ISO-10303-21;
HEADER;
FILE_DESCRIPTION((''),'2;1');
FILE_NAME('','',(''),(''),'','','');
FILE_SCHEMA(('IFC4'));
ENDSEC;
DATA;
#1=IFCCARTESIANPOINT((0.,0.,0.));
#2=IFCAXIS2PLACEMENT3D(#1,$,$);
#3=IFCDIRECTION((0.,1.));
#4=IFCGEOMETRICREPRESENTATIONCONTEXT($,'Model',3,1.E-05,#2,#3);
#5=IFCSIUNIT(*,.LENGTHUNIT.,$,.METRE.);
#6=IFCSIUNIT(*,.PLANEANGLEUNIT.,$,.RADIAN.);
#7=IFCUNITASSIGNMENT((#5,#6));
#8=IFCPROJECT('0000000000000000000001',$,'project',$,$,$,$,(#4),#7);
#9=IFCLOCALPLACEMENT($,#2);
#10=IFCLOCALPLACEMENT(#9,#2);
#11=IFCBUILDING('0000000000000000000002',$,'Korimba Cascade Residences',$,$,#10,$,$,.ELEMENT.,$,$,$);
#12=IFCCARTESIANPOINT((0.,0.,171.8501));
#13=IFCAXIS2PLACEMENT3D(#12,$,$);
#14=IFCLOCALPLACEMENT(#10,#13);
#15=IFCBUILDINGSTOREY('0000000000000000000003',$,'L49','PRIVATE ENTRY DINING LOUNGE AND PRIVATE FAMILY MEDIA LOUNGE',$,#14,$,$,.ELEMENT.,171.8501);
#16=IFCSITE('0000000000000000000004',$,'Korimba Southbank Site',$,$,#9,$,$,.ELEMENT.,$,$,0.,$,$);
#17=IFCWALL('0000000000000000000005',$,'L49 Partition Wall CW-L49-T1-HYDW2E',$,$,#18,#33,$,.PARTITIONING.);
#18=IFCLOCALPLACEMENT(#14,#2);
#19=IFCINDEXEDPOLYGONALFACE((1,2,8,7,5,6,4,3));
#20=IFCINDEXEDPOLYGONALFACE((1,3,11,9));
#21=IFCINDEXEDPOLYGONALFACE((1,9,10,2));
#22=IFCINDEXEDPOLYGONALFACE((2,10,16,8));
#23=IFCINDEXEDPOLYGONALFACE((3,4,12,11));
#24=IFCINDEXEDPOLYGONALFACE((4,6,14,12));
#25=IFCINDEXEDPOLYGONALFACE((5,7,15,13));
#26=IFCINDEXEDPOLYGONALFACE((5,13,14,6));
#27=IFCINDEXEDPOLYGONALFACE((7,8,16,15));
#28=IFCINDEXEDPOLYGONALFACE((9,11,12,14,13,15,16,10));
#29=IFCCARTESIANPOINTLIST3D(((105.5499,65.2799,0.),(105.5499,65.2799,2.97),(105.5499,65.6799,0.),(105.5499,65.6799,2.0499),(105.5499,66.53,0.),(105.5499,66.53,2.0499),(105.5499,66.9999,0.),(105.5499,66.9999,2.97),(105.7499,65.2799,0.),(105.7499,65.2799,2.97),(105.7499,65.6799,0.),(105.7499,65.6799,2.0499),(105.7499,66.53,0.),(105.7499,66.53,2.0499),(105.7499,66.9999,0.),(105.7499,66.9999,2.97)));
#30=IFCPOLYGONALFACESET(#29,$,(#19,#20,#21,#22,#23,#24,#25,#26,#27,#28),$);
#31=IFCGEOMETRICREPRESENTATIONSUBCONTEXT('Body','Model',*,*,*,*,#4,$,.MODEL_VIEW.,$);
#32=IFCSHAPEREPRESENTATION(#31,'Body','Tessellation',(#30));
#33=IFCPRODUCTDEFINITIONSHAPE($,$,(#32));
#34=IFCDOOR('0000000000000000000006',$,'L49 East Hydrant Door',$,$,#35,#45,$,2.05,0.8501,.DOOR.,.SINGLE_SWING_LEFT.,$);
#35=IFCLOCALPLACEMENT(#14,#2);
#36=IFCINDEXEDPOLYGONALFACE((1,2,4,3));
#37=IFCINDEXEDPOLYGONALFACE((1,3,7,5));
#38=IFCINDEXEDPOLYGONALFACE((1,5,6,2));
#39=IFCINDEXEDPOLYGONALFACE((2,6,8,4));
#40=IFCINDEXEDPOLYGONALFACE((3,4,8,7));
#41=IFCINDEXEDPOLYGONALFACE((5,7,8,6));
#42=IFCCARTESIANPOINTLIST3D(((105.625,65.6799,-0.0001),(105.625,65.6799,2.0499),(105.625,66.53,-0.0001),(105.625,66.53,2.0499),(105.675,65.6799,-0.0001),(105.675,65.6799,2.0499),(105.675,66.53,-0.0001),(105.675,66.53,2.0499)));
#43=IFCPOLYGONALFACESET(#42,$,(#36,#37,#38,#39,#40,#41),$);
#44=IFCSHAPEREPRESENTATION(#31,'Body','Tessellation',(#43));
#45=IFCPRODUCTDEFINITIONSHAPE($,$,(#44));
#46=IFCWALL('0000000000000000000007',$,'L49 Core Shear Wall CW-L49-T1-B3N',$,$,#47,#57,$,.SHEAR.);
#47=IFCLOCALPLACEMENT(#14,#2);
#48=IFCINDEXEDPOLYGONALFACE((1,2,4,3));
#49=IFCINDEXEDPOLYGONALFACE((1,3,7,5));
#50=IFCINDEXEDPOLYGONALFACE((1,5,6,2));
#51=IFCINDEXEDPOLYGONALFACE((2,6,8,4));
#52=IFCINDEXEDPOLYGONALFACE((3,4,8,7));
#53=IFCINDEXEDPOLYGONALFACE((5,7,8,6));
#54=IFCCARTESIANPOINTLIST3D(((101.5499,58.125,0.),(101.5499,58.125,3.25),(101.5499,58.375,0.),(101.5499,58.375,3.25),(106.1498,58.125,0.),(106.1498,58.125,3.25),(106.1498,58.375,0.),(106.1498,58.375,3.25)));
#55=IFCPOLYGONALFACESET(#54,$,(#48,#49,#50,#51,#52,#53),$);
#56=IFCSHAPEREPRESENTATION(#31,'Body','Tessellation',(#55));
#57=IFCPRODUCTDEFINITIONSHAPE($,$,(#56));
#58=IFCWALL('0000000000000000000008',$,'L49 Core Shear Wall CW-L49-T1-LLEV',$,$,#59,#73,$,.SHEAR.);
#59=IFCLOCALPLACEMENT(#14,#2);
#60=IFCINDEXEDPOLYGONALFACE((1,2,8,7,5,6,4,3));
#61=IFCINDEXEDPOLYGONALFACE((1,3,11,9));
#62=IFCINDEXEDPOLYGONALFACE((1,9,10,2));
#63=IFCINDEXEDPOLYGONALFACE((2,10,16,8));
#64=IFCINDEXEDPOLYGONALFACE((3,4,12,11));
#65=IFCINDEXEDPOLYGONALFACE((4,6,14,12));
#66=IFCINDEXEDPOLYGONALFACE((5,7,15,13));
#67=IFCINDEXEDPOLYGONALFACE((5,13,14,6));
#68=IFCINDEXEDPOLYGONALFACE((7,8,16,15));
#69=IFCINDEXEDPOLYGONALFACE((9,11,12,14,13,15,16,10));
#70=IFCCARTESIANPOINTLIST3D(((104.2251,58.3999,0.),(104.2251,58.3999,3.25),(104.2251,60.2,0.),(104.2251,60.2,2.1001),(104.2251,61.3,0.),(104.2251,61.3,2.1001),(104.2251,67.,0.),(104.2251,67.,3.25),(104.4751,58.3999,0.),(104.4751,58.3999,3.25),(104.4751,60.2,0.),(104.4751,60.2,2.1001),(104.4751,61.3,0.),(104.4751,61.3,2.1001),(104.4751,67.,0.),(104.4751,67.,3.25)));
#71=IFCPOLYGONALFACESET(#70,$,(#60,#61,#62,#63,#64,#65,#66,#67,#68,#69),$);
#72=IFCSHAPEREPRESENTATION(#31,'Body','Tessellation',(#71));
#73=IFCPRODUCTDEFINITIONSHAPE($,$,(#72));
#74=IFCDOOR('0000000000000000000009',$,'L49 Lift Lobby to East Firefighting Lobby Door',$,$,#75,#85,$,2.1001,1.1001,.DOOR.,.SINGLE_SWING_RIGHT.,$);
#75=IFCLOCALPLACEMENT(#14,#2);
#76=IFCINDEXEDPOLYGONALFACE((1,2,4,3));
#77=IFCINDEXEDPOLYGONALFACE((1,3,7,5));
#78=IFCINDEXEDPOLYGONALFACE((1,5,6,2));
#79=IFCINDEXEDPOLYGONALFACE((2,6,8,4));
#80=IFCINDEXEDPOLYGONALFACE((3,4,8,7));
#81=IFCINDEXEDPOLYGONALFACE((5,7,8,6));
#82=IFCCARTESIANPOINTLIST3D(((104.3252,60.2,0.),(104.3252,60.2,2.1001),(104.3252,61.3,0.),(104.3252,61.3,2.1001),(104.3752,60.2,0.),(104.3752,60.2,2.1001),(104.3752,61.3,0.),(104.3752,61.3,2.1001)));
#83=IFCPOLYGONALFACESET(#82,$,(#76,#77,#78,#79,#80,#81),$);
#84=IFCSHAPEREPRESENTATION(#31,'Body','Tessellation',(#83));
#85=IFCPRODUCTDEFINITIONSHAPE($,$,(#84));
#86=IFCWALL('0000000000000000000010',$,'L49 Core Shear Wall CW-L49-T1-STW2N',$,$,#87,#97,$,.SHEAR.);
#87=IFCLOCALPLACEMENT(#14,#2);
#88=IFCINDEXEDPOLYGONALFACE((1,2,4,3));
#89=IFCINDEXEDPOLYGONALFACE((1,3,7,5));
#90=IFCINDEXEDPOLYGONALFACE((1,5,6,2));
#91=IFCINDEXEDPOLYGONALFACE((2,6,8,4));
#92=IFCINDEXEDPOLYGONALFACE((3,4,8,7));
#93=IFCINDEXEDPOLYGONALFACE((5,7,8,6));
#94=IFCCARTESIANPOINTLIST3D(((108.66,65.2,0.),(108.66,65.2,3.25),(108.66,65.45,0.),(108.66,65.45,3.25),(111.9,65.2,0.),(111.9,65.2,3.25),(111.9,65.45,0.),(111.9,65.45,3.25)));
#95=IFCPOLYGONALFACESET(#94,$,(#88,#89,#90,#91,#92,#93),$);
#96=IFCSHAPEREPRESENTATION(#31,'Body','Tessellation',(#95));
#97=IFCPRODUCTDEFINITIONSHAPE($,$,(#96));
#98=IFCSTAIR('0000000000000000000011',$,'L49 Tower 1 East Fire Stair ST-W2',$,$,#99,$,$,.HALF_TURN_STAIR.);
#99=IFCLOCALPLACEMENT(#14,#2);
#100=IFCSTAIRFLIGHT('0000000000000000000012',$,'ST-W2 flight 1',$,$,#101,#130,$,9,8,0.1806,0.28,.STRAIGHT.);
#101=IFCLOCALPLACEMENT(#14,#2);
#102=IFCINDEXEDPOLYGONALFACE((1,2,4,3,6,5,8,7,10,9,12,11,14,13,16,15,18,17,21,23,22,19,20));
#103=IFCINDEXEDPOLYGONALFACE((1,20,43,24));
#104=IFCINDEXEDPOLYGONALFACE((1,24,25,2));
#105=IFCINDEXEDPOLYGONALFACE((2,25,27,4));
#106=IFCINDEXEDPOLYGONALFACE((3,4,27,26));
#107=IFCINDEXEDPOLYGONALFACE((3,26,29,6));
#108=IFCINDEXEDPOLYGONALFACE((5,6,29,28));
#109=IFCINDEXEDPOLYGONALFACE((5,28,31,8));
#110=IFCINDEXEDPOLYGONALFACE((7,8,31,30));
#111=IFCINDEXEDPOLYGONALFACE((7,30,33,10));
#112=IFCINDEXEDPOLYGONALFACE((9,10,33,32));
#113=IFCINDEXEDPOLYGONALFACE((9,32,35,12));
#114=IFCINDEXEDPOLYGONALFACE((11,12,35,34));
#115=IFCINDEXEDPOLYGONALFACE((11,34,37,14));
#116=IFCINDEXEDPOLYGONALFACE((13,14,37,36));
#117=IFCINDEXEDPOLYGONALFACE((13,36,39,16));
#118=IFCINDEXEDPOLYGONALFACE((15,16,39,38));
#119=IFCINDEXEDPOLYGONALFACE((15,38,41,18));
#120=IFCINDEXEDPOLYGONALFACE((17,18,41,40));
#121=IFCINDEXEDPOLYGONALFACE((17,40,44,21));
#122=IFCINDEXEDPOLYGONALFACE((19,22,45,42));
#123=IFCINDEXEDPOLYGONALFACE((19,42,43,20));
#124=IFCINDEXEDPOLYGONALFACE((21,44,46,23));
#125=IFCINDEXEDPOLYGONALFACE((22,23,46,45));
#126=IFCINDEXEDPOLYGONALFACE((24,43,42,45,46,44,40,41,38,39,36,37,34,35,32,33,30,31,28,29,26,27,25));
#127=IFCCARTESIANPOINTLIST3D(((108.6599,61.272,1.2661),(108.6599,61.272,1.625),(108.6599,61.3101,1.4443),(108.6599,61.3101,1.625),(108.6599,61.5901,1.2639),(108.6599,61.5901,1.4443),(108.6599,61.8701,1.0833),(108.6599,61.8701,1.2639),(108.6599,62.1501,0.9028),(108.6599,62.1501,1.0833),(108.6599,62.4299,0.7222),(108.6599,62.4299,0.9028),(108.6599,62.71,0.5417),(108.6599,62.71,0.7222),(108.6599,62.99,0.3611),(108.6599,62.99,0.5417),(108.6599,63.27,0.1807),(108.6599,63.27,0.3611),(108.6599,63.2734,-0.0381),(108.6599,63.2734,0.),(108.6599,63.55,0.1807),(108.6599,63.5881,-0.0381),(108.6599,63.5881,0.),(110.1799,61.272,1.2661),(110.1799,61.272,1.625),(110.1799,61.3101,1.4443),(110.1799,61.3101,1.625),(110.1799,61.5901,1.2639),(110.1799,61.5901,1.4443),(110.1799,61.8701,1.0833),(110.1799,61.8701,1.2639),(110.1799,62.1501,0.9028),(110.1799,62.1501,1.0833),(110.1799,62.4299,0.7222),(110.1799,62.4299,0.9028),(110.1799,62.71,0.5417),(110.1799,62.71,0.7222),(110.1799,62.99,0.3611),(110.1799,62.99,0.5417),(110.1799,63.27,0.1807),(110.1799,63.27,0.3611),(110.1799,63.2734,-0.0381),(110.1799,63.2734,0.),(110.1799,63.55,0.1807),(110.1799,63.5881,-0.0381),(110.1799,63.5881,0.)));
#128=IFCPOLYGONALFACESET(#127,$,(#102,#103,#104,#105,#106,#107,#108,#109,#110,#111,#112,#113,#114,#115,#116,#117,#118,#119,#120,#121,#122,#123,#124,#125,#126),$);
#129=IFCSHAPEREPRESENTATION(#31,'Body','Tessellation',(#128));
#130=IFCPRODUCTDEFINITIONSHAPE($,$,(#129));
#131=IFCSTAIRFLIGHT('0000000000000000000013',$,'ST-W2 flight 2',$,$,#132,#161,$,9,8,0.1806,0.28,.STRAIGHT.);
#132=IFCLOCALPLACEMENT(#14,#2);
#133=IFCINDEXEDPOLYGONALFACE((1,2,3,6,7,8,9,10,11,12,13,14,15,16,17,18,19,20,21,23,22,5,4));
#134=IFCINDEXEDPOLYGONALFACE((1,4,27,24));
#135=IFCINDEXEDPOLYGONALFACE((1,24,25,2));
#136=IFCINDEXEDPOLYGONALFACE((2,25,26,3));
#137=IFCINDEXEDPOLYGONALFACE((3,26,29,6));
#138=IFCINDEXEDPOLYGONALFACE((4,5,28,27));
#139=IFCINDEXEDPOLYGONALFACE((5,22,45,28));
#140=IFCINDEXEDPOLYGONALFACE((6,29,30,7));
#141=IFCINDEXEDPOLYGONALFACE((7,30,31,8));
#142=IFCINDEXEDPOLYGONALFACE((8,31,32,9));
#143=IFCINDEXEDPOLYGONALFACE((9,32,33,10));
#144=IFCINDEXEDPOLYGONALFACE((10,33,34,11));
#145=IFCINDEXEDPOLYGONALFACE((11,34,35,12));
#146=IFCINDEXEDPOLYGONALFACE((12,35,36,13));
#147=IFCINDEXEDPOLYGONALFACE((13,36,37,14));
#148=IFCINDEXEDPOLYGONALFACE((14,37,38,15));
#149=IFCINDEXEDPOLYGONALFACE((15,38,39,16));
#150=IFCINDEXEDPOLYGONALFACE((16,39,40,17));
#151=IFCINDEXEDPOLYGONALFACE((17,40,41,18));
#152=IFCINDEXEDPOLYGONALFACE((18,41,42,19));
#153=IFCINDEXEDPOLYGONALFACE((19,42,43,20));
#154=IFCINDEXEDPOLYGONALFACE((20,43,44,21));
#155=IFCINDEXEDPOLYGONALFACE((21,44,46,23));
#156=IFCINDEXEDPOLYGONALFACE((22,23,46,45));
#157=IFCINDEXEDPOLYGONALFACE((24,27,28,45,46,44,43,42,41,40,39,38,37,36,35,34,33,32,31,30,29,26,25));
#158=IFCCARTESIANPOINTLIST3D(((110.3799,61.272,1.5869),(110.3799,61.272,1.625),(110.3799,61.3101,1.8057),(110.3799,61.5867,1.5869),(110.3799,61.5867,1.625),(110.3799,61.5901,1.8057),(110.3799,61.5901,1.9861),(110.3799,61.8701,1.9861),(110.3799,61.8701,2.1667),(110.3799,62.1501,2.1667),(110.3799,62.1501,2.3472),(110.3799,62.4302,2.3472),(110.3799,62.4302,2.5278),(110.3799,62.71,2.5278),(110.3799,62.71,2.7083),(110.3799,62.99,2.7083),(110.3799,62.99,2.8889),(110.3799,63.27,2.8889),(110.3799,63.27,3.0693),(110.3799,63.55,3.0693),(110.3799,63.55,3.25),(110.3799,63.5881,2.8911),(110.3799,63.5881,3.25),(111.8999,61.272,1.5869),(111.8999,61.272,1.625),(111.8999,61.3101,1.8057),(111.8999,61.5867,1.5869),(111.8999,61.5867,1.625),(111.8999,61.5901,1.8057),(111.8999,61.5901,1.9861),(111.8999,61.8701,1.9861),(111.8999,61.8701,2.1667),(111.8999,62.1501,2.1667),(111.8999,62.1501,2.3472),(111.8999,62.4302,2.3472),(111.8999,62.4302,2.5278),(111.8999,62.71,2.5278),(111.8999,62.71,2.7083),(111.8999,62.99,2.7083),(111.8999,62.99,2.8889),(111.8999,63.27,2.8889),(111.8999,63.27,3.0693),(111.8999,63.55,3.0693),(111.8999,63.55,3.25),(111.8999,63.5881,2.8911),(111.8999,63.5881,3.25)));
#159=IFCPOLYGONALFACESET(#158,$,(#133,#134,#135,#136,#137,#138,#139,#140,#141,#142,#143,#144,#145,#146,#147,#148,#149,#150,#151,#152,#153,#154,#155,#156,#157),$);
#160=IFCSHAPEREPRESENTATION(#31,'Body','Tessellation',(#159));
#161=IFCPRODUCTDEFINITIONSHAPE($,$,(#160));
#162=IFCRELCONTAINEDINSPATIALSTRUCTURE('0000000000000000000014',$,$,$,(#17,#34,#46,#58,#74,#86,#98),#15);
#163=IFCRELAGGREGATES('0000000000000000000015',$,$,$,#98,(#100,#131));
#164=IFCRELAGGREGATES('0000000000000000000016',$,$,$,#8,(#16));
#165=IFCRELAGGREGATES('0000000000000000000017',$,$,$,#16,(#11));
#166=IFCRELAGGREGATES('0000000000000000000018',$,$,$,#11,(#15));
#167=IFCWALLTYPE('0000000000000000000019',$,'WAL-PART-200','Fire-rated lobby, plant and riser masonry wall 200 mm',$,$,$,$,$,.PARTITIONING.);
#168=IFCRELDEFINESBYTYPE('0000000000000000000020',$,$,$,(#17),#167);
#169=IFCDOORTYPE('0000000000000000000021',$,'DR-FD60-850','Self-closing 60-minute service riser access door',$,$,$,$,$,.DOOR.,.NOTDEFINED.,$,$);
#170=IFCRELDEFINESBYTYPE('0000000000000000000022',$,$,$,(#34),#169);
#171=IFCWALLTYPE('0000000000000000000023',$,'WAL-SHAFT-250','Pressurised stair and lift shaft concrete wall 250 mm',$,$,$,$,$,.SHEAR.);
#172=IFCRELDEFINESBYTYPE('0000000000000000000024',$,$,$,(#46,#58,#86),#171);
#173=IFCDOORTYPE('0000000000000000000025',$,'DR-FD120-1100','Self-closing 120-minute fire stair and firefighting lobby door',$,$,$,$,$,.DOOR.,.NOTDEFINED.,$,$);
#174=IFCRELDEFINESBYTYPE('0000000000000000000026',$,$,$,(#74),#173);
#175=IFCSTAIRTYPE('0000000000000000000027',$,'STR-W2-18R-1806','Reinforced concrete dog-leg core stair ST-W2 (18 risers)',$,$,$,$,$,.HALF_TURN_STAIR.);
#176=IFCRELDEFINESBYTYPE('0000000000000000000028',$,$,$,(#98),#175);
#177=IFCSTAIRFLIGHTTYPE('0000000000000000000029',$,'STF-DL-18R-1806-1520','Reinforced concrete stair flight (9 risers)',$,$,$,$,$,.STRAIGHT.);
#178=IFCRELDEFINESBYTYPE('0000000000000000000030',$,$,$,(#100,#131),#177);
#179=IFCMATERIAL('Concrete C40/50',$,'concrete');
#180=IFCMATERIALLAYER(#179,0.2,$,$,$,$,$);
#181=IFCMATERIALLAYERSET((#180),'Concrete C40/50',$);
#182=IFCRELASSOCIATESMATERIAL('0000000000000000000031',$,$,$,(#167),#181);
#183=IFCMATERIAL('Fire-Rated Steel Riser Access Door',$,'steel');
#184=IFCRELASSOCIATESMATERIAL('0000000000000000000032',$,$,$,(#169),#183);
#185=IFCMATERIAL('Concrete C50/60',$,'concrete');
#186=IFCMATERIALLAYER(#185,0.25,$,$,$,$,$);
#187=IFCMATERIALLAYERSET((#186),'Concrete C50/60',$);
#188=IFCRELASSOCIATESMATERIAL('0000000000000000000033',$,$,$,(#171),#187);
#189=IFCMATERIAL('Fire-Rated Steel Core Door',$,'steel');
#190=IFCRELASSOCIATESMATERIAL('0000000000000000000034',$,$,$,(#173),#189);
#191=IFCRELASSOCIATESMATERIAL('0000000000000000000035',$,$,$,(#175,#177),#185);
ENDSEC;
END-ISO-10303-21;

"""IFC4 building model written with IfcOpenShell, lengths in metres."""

from ifc_helpers import new_model, si_unit, direction, frame, frame_2d, origin, place, context, subcontext, project, spatial, polyline, rectangle, outline, extrude, material, layer, layer_set, type_object, element, fill, aggregate, save


model = new_model("IFC4")

# Units and contexts
model_context = context("Model", 3, precision=1e-05, world=origin(), true_north=direction((0.0, 1.0)))
body_context = subcontext(model_context, "Body", "Model", "MODEL_VIEW")
ifc_project = project(units=[si_unit("LENGTHUNIT", "METRE"), si_unit("PLANEANGLEUNIT", "RADIAN")], contexts=[model_context])

# Site, building, storey
site_placement = place(None, origin())
site = spatial("IfcSite", under=ifc_project, at=site_placement, Name="Korimba Southbank Site", CompositionType="ELEMENT", RefElevation=0.0)
building_placement = place(site_placement, origin())
building = spatial("IfcBuilding", under=site, at=building_placement, Name="Korimba Cascade Residences", CompositionType="ELEMENT")
storey_placement = place(building_placement, frame((0.0, 0.0, 171.8501)))
storey = spatial("IfcBuildingStorey", under=building, at=storey_placement, Name="L49", Description="PRIVATE ENTRY DINING LOUNGE AND PRIVATE FAMILY MEDIA LOUNGE", CompositionType="ELEMENT", Elevation=171.8501)

# Shared definitions
ifc_material_1 = material(Name="Concrete C40/50", Category="concrete")
ifc_layer_1 = layer(ifc_material_1, 0.2)
ifc_layer_set_1 = layer_set([ifc_layer_1], Name="Concrete C40/50")
wall_type_1 = type_object("IfcWallType", Name="WAL-PART-200", Description="Fire-rated lobby, plant and riser masonry wall 200 mm", PredefinedType="PARTITIONING", material=ifc_layer_set_1)

# Wall, opening, door
wall_1_placement = place(storey_placement, frame((105.6499, 65.28, 0.0), z_axis=(0.0, 0.0, 1.0), x_axis=(0.0, 1.0, 0.0)))
wall_1 = element("IfcWall", 1, at=wall_1_placement, inside=storey, type_object=wall_type_1, Name="L49 Partition Wall CW-L49-T1-HYDW2E", PredefinedType="PARTITIONING", context=body_context, shape_type="SweptSolid", body=[
    extrude(rectangle(XDim=1.72, YDim=0.2, at=frame_2d((0.8599, 0.0))), origin(), (0.0, 0.0, 1.0), 2.97),
])
opening_1_placement = place(wall_1_placement, frame((0.3999, 0.0, 0.0)))
opening_1 = element("IfcOpeningElement", 2, at=opening_1_placement, cuts=wall_1, PredefinedType="OPENING", context=body_context, shape_type="SweptSolid", body=[
    extrude(rectangle(XDim=0.8501, YDim=2.05, at=frame_2d((0.425, 1.0249))), frame((0.0, 0.1099, 0.0), z_axis=(0.0, -1.0, 0.0), x_axis=(1.0, 0.0, 0.0)), (0.0, 0.0, 1.0), 0.22),
])
ifc_material_2 = material(Name="Fire-Rated Steel Riser Access Door", Category="steel")
door_type_1 = type_object("IfcDoorType", Name="DR-FD60-850", Description="Self-closing 60-minute service riser access door", OperationType="NOTDEFINED", PredefinedType="DOOR", material=ifc_material_2)
door_1_placement = place(opening_1_placement, origin())
door_1 = element("IfcDoor", 3, at=door_1_placement, inside=storey, type_object=door_type_1, Name="L49 East Hydrant Door", OperationType="SINGLE_SWING_LEFT", OverallHeight=2.05, OverallWidth=0.8501, PredefinedType="DOOR", context=body_context, shape_type="SweptSolid", body=[
    extrude(rectangle(XDim=0.8501, YDim=2.05, at=frame_2d((0.425, 1.0249))), frame((0.0, 0.0249, 0.0), z_axis=(0.0, -1.0, 0.0), x_axis=(1.0, 0.0, 0.0)), (0.0, 0.0, 1.0), 0.05),
])
fill(opening_1, door_1)

# Wall
ifc_material_3 = material(Name="Concrete C50/60", Category="concrete")
ifc_layer_2 = layer(ifc_material_3, 0.25)
ifc_layer_set_2 = layer_set([ifc_layer_2], Name="Concrete C50/60")
wall_type_2 = type_object("IfcWallType", Name="WAL-SHAFT-250", Description="Pressurised stair and lift shaft concrete wall 250 mm", PredefinedType="SHEAR", material=ifc_layer_set_2)
wall_2_placement = place(storey_placement, frame((101.55, 58.25, 0.0), z_axis=(0.0, 0.0, 1.0), x_axis=(1.0, 0.0, 0.0)))
element("IfcWall", 4, at=wall_2_placement, inside=storey, type_object=wall_type_2, Name="L49 Core Shear Wall CW-L49-T1-B3N", PredefinedType="SHEAR", context=body_context, shape_type="SweptSolid", body=[
    extrude(rectangle(XDim=4.5999, YDim=0.25, at=frame_2d((2.2998, 0.0))), origin(), (0.0, 0.0, 1.0), 3.25),
])

# Wall, opening, door
wall_3_placement = place(storey_placement, frame((104.3501, 58.3999, 0.0), z_axis=(0.0, 0.0, 1.0), x_axis=(0.0, 1.0, 0.0)))
wall_3 = element("IfcWall", 5, at=wall_3_placement, inside=storey, type_object=wall_type_2, Name="L49 Core Shear Wall CW-L49-T1-LLEV", PredefinedType="SHEAR", context=body_context, shape_type="SweptSolid", body=[
    extrude(rectangle(XDim=8.6001, YDim=0.25, at=frame_2d((4.3, 0.0))), origin(), (0.0, 0.0, 1.0), 3.25),
])
opening_2_placement = place(wall_3_placement, frame((1.8, 0.0, 0.0)))
opening_2 = element("IfcOpeningElement", 6, at=opening_2_placement, cuts=wall_3, PredefinedType="OPENING", context=body_context, shape_type="SweptSolid", body=[
    extrude(rectangle(XDim=1.1001, YDim=2.1001, at=frame_2d((0.55, 1.05))), frame((0.0, 0.135, 0.0), z_axis=(0.0, -1.0, 0.0), x_axis=(1.0, 0.0, 0.0)), (0.0, 0.0, 1.0), 0.27),
])
ifc_material_4 = material(Name="Fire-Rated Steel Core Door", Category="steel")
door_type_2 = type_object("IfcDoorType", Name="DR-FD120-1100", Description="Self-closing 120-minute fire stair and firefighting lobby door", OperationType="NOTDEFINED", PredefinedType="DOOR", material=ifc_material_4)
door_2_placement = place(opening_2_placement, origin())
door_2 = element("IfcDoor", 7, at=door_2_placement, inside=storey, type_object=door_type_2, Name="L49 Lift Lobby to East Firefighting Lobby Door", OperationType="SINGLE_SWING_RIGHT", OverallHeight=2.1001, OverallWidth=1.1001, PredefinedType="DOOR", context=body_context, shape_type="SweptSolid", body=[
    extrude(rectangle(XDim=1.1001, YDim=2.1001, at=frame_2d((0.55, 1.05))), frame((0.0, 0.0249, 0.0), z_axis=(0.0, -1.0, 0.0), x_axis=(1.0, 0.0, 0.0)), (0.0, 0.0, 1.0), 0.05),
])
fill(opening_2, door_2)

# Wall
wall_4_placement = place(storey_placement, frame((108.6599, 65.325, 0.0), z_axis=(0.0, 0.0, 1.0), x_axis=(1.0, 0.0, 0.0)))
element("IfcWall", 8, at=wall_4_placement, inside=storey, type_object=wall_type_2, Name="L49 Core Shear Wall CW-L49-T1-STW2N", PredefinedType="SHEAR", context=body_context, shape_type="SweptSolid", body=[
    extrude(rectangle(XDim=3.24, YDim=0.25, at=frame_2d((1.6201, 0.0))), origin(), (0.0, 0.0, 1.0), 3.25),
])

# Stair, stair flights
stair_type = type_object("IfcStairType", Name="STR-W2-18R-1806", Description="Reinforced concrete dog-leg core stair ST-W2 (18 risers)", PredefinedType="HALF_TURN_STAIR", material=ifc_material_3)
stair_placement = place(storey_placement, origin())
stair = element("IfcStair", 9, at=stair_placement, inside=storey, type_object=stair_type, Name="L49 Tower 1 East Fire Stair ST-W2", PredefinedType="HALF_TURN_STAIR")
stair_flight_type = type_object("IfcStairFlightType", Name="STF-DL-18R-1806-1520", Description="Reinforced concrete stair flight (9 risers)", PredefinedType="STRAIGHT", material=ifc_material_3)
stair_flight_1_placement = place(storey_placement, frame((109.4199, 63.55, 0.0), z_axis=(0.0, 0.0, 1.0), x_axis=(0.0, -1.0, 0.0)))
stair_flight_1 = element("IfcStairFlight", 10, at=stair_flight_1_placement, type_object=stair_flight_type, Name="ST-W2 flight 1", NumberOfRisers=9, NumberOfTreads=8, PredefinedType="STRAIGHT", RiserHeight=0.1806, TreadLength=0.28, context=body_context, shape_type="SweptSolid", body=[
    extrude(outline(polyline([(-0.0381, 0.0), (0.0, 0.1807), (0.28, 0.1807), (0.28, 0.3611), (0.5601, 0.3611), (0.5601, 0.5417), (0.8401, 0.5417), (0.8401, 0.7222), (1.1201, 0.7222), (1.1201, 0.9028), (1.3999, 0.9028), (1.3999, 1.0833), (1.6799, 1.0833), (1.6799, 1.2639), (1.96, 1.2639), (1.96, 1.4443), (2.24, 1.4443), (2.24, 1.625), (2.2781, 1.625), (2.2781, 1.2661), (0.2766, 0.0), (0.2766, -0.0381), (-0.0381, -0.0381), (-0.0381, 0.0)])), frame((0.0, 0.76, 0.0), z_axis=(0.0, -1.0, 0.0), x_axis=(1.0, 0.0, 0.0)), (0.0, 0.0, 1.0), 1.52),
])
stair_flight_2_placement = place(storey_placement, frame((111.1399, 61.3101, 1.625), z_axis=(0.0, 0.0, 1.0), x_axis=(0.0, 1.0, 0.0)))
stair_flight_2 = element("IfcStairFlight", 11, at=stair_flight_2_placement, type_object=stair_flight_type, Name="ST-W2 flight 2", NumberOfRisers=9, NumberOfTreads=8, PredefinedType="STRAIGHT", RiserHeight=0.1806, TreadLength=0.28, context=body_context, shape_type="SweptSolid", body=[
    extrude(outline(polyline([(-0.0381, 0.0), (0.0, 0.1807), (0.28, 0.1807), (0.28, 0.3611), (0.5601, 0.3611), (0.5601, 0.5417), (0.8401, 0.5417), (0.8401, 0.7222), (1.1201, 0.7222), (1.1201, 0.9028), (1.3999, 0.9028), (1.3999, 1.0833), (1.6799, 1.0833), (1.6799, 1.2639), (1.96, 1.2639), (1.96, 1.4443), (2.24, 1.4443), (2.24, 1.625), (2.2781, 1.625), (2.2781, 1.2661), (0.2766, 0.0), (0.2766, -0.0381), (-0.0381, -0.0381), (-0.0381, 0.0)])), frame((0.0, 0.76, 0.0), z_axis=(0.0, -1.0, 0.0), x_axis=(1.0, 0.0, 0.0)), (0.0, 0.0, 1.0), 1.52),
])
aggregate(stair, [stair_flight_1, stair_flight_2])

save(model, "model.ifc")
